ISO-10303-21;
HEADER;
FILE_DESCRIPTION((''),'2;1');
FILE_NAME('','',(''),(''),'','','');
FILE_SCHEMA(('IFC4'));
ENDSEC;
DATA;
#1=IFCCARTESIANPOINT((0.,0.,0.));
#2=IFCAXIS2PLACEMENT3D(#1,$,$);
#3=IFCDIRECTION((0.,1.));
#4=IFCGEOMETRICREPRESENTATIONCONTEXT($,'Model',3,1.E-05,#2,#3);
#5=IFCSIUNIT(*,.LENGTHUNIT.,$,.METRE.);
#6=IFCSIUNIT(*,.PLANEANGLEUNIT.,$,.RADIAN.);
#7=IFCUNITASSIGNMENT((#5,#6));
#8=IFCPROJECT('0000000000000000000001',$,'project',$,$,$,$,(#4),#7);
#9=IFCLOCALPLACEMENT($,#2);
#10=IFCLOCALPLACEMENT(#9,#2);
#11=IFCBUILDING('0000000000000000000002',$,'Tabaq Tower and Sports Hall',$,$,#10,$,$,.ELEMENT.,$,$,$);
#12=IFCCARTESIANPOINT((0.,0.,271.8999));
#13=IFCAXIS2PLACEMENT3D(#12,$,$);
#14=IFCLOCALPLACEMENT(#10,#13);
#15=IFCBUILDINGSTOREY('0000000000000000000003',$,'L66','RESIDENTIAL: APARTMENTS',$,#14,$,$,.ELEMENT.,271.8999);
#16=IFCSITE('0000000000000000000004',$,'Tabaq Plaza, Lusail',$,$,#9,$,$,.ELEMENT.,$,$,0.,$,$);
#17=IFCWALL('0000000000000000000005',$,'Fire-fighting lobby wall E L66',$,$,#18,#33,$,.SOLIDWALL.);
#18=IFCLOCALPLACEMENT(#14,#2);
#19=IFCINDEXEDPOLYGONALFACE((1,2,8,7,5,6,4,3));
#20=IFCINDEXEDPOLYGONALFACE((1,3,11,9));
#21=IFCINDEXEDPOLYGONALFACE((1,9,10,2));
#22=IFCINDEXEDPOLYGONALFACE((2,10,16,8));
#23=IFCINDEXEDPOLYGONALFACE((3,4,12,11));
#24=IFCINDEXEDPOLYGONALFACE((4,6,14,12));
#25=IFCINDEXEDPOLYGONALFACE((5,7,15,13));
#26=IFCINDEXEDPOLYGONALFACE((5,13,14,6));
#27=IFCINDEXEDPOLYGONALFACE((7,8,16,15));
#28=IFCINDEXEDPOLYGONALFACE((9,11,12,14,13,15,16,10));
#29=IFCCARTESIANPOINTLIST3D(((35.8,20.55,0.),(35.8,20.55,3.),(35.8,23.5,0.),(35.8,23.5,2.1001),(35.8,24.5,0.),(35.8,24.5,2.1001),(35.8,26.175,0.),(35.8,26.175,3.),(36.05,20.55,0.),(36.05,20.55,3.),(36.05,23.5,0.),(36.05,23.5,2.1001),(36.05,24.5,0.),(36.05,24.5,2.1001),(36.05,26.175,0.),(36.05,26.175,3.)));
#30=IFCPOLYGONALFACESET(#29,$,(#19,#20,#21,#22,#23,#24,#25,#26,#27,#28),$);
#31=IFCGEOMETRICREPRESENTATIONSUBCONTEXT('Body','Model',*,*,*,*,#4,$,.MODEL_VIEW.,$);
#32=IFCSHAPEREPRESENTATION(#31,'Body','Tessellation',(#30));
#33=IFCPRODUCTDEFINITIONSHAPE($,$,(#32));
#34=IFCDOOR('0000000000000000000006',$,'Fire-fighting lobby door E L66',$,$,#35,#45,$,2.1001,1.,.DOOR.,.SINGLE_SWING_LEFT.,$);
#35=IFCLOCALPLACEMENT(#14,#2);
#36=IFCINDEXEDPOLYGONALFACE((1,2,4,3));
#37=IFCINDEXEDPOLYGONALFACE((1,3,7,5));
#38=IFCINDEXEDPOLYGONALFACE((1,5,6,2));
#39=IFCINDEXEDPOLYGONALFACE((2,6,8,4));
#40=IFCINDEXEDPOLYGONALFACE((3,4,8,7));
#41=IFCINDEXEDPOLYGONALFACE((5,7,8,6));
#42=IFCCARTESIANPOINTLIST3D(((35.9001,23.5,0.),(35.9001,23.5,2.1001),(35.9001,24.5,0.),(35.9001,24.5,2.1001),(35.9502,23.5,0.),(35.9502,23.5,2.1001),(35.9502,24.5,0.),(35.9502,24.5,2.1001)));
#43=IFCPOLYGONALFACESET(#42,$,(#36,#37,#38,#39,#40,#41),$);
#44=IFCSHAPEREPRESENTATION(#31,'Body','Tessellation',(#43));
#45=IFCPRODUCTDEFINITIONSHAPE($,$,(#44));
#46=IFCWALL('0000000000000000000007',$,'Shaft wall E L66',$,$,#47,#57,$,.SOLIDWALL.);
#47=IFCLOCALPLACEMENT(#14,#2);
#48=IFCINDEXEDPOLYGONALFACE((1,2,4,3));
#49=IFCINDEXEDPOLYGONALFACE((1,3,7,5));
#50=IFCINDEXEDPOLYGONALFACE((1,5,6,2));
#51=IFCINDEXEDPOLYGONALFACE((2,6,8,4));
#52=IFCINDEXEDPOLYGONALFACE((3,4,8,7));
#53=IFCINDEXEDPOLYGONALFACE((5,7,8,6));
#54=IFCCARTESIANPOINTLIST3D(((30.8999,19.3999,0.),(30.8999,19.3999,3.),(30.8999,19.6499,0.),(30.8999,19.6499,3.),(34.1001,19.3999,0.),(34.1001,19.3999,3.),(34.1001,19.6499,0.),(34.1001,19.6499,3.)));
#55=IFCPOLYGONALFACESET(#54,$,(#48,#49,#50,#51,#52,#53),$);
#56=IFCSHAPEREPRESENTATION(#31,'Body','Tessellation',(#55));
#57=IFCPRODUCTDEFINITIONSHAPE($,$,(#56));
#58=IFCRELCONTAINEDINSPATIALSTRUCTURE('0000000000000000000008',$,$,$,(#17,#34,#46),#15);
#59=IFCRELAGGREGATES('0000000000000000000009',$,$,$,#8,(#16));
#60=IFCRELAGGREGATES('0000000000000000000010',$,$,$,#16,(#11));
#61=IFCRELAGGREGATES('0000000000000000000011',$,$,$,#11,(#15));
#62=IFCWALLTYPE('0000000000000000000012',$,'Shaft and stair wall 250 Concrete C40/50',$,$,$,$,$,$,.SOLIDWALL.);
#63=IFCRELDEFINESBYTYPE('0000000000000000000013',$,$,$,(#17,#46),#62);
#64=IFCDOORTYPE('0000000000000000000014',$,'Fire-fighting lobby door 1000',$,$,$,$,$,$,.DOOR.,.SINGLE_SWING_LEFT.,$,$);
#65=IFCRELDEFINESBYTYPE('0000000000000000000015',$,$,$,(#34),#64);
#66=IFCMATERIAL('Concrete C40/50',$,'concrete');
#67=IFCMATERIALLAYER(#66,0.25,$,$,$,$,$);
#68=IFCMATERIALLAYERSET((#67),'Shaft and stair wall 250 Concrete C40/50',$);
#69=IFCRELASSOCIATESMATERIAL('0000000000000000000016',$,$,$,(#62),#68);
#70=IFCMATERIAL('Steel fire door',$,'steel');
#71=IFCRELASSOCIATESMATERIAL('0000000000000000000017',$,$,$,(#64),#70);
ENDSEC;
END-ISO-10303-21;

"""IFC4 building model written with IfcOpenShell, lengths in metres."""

from ifc_helpers import new_model, si_unit, direction, frame, frame_2d, origin, place, context, subcontext, project, spatial, rectangle, extrude, material, layer, layer_set, type_object, element, fill, save


model = new_model("IFC4")

# Units and contexts
model_context = context("Model", 3, precision=1e-05, world=origin(), true_north=direction((0.0, 1.0)))
body_context = subcontext(model_context, "Body", "Model", "MODEL_VIEW")
ifc_project = project(units=[si_unit("LENGTHUNIT", "METRE"), si_unit("PLANEANGLEUNIT", "RADIAN")], contexts=[model_context])

# Site, building, storey
site_placement = place(None, origin())
site = spatial("IfcSite", under=ifc_project, at=site_placement, Name="Tabaq Plaza, Lusail", CompositionType="ELEMENT", RefElevation=0.0)
building_placement = place(site_placement, origin())
building = spatial("IfcBuilding", under=site, at=building_placement, Name="Tabaq Tower and Sports Hall", CompositionType="ELEMENT")
storey_placement = place(building_placement, frame((0.0, 0.0, 271.8999)))
storey = spatial("IfcBuildingStorey", under=building, at=storey_placement, Name="L66", Description="RESIDENTIAL: APARTMENTS", CompositionType="ELEMENT", Elevation=271.8999)

# Shared definitions
ifc_material_1 = material(Name="Concrete C40/50", Category="concrete")
ifc_layer = layer(ifc_material_1, 0.25)
ifc_layer_set = layer_set([ifc_layer], Name="Shaft and stair wall 250 Concrete C40/50")
wall_type = type_object("IfcWallType", Name="Shaft and stair wall 250 Concrete C40/50", PredefinedType="SOLIDWALL", material=ifc_layer_set)

# Wall, opening, door
wall_1_placement = place(storey_placement, frame((35.925, 20.55, 0.0), z_axis=(0.0, 0.0, 1.0), x_axis=(0.0, 1.0, 0.0)))
wall_1 = element("IfcWall", 1, at=wall_1_placement, inside=storey, type_object=wall_type, Name="Fire-fighting lobby wall E L66", PredefinedType="SOLIDWALL", context=body_context, shape_type="SweptSolid", body=[
    extrude(rectangle(XDim=5.625, YDim=0.25, at=frame_2d((2.8125, 0.0))), origin(), (0.0, 0.0, 1.0), 3.0),
])
opening_1_placement = place(wall_1_placement, frame((2.95, 0.0, 0.0)))
opening_1 = element("IfcOpeningElement", 2, at=opening_1_placement, cuts=wall_1, PredefinedType="OPENING", context=body_context, shape_type="SweptSolid", body=[
    extrude(rectangle(XDim=1.0, YDim=2.1001, at=frame_2d((0.5, 1.05))), frame((0.0, 0.125, 0.0), z_axis=(0.0, -1.0, 0.0), x_axis=(1.0, 0.0, 0.0)), (0.0, 0.0, 1.0), 0.25),
])
ifc_material_2 = material(Name="Steel fire door", Category="steel")
door_type_1 = type_object("IfcDoorType", Name="Fire-fighting lobby door 1000", OperationType="SINGLE_SWING_LEFT", PredefinedType="DOOR", material=ifc_material_2)
door_1_placement = place(opening_1_placement, origin())
door_1 = element("IfcDoor", 3, at=door_1_placement, inside=storey, type_object=door_type_1, Name="Fire-fighting lobby door E L66", OperationType="SINGLE_SWING_LEFT", OverallHeight=2.1001, OverallWidth=1.0, PredefinedType="DOOR", context=body_context, shape_type="SweptSolid", body=[
    extrude(rectangle(XDim=1.0, YDim=2.1001, at=frame_2d((0.5, 1.05))), frame((0.0, 0.0249, 0.0), z_axis=(0.0, -1.0, 0.0), x_axis=(1.0, 0.0, 0.0)), (0.0, 0.0, 1.0), 0.05),
])
fill(opening_1, door_1)

# Wall
wall_2_placement = place(storey_placement, frame((30.8999, 19.5249, 0.0), z_axis=(0.0, 0.0, 1.0), x_axis=(1.0, 0.0, 0.0)))
element("IfcWall", 4, at=wall_2_placement, inside=storey, type_object=wall_type, Name="Shaft wall E L66", PredefinedType="SOLIDWALL", context=body_context, shape_type="SweptSolid", body=[
    extrude(rectangle(XDim=3.2002, YDim=0.25, at=frame_2d((1.6001, 0.0))), origin(), (0.0, 0.0, 1.0), 3.0),
])

save(model, "model.ifc")
